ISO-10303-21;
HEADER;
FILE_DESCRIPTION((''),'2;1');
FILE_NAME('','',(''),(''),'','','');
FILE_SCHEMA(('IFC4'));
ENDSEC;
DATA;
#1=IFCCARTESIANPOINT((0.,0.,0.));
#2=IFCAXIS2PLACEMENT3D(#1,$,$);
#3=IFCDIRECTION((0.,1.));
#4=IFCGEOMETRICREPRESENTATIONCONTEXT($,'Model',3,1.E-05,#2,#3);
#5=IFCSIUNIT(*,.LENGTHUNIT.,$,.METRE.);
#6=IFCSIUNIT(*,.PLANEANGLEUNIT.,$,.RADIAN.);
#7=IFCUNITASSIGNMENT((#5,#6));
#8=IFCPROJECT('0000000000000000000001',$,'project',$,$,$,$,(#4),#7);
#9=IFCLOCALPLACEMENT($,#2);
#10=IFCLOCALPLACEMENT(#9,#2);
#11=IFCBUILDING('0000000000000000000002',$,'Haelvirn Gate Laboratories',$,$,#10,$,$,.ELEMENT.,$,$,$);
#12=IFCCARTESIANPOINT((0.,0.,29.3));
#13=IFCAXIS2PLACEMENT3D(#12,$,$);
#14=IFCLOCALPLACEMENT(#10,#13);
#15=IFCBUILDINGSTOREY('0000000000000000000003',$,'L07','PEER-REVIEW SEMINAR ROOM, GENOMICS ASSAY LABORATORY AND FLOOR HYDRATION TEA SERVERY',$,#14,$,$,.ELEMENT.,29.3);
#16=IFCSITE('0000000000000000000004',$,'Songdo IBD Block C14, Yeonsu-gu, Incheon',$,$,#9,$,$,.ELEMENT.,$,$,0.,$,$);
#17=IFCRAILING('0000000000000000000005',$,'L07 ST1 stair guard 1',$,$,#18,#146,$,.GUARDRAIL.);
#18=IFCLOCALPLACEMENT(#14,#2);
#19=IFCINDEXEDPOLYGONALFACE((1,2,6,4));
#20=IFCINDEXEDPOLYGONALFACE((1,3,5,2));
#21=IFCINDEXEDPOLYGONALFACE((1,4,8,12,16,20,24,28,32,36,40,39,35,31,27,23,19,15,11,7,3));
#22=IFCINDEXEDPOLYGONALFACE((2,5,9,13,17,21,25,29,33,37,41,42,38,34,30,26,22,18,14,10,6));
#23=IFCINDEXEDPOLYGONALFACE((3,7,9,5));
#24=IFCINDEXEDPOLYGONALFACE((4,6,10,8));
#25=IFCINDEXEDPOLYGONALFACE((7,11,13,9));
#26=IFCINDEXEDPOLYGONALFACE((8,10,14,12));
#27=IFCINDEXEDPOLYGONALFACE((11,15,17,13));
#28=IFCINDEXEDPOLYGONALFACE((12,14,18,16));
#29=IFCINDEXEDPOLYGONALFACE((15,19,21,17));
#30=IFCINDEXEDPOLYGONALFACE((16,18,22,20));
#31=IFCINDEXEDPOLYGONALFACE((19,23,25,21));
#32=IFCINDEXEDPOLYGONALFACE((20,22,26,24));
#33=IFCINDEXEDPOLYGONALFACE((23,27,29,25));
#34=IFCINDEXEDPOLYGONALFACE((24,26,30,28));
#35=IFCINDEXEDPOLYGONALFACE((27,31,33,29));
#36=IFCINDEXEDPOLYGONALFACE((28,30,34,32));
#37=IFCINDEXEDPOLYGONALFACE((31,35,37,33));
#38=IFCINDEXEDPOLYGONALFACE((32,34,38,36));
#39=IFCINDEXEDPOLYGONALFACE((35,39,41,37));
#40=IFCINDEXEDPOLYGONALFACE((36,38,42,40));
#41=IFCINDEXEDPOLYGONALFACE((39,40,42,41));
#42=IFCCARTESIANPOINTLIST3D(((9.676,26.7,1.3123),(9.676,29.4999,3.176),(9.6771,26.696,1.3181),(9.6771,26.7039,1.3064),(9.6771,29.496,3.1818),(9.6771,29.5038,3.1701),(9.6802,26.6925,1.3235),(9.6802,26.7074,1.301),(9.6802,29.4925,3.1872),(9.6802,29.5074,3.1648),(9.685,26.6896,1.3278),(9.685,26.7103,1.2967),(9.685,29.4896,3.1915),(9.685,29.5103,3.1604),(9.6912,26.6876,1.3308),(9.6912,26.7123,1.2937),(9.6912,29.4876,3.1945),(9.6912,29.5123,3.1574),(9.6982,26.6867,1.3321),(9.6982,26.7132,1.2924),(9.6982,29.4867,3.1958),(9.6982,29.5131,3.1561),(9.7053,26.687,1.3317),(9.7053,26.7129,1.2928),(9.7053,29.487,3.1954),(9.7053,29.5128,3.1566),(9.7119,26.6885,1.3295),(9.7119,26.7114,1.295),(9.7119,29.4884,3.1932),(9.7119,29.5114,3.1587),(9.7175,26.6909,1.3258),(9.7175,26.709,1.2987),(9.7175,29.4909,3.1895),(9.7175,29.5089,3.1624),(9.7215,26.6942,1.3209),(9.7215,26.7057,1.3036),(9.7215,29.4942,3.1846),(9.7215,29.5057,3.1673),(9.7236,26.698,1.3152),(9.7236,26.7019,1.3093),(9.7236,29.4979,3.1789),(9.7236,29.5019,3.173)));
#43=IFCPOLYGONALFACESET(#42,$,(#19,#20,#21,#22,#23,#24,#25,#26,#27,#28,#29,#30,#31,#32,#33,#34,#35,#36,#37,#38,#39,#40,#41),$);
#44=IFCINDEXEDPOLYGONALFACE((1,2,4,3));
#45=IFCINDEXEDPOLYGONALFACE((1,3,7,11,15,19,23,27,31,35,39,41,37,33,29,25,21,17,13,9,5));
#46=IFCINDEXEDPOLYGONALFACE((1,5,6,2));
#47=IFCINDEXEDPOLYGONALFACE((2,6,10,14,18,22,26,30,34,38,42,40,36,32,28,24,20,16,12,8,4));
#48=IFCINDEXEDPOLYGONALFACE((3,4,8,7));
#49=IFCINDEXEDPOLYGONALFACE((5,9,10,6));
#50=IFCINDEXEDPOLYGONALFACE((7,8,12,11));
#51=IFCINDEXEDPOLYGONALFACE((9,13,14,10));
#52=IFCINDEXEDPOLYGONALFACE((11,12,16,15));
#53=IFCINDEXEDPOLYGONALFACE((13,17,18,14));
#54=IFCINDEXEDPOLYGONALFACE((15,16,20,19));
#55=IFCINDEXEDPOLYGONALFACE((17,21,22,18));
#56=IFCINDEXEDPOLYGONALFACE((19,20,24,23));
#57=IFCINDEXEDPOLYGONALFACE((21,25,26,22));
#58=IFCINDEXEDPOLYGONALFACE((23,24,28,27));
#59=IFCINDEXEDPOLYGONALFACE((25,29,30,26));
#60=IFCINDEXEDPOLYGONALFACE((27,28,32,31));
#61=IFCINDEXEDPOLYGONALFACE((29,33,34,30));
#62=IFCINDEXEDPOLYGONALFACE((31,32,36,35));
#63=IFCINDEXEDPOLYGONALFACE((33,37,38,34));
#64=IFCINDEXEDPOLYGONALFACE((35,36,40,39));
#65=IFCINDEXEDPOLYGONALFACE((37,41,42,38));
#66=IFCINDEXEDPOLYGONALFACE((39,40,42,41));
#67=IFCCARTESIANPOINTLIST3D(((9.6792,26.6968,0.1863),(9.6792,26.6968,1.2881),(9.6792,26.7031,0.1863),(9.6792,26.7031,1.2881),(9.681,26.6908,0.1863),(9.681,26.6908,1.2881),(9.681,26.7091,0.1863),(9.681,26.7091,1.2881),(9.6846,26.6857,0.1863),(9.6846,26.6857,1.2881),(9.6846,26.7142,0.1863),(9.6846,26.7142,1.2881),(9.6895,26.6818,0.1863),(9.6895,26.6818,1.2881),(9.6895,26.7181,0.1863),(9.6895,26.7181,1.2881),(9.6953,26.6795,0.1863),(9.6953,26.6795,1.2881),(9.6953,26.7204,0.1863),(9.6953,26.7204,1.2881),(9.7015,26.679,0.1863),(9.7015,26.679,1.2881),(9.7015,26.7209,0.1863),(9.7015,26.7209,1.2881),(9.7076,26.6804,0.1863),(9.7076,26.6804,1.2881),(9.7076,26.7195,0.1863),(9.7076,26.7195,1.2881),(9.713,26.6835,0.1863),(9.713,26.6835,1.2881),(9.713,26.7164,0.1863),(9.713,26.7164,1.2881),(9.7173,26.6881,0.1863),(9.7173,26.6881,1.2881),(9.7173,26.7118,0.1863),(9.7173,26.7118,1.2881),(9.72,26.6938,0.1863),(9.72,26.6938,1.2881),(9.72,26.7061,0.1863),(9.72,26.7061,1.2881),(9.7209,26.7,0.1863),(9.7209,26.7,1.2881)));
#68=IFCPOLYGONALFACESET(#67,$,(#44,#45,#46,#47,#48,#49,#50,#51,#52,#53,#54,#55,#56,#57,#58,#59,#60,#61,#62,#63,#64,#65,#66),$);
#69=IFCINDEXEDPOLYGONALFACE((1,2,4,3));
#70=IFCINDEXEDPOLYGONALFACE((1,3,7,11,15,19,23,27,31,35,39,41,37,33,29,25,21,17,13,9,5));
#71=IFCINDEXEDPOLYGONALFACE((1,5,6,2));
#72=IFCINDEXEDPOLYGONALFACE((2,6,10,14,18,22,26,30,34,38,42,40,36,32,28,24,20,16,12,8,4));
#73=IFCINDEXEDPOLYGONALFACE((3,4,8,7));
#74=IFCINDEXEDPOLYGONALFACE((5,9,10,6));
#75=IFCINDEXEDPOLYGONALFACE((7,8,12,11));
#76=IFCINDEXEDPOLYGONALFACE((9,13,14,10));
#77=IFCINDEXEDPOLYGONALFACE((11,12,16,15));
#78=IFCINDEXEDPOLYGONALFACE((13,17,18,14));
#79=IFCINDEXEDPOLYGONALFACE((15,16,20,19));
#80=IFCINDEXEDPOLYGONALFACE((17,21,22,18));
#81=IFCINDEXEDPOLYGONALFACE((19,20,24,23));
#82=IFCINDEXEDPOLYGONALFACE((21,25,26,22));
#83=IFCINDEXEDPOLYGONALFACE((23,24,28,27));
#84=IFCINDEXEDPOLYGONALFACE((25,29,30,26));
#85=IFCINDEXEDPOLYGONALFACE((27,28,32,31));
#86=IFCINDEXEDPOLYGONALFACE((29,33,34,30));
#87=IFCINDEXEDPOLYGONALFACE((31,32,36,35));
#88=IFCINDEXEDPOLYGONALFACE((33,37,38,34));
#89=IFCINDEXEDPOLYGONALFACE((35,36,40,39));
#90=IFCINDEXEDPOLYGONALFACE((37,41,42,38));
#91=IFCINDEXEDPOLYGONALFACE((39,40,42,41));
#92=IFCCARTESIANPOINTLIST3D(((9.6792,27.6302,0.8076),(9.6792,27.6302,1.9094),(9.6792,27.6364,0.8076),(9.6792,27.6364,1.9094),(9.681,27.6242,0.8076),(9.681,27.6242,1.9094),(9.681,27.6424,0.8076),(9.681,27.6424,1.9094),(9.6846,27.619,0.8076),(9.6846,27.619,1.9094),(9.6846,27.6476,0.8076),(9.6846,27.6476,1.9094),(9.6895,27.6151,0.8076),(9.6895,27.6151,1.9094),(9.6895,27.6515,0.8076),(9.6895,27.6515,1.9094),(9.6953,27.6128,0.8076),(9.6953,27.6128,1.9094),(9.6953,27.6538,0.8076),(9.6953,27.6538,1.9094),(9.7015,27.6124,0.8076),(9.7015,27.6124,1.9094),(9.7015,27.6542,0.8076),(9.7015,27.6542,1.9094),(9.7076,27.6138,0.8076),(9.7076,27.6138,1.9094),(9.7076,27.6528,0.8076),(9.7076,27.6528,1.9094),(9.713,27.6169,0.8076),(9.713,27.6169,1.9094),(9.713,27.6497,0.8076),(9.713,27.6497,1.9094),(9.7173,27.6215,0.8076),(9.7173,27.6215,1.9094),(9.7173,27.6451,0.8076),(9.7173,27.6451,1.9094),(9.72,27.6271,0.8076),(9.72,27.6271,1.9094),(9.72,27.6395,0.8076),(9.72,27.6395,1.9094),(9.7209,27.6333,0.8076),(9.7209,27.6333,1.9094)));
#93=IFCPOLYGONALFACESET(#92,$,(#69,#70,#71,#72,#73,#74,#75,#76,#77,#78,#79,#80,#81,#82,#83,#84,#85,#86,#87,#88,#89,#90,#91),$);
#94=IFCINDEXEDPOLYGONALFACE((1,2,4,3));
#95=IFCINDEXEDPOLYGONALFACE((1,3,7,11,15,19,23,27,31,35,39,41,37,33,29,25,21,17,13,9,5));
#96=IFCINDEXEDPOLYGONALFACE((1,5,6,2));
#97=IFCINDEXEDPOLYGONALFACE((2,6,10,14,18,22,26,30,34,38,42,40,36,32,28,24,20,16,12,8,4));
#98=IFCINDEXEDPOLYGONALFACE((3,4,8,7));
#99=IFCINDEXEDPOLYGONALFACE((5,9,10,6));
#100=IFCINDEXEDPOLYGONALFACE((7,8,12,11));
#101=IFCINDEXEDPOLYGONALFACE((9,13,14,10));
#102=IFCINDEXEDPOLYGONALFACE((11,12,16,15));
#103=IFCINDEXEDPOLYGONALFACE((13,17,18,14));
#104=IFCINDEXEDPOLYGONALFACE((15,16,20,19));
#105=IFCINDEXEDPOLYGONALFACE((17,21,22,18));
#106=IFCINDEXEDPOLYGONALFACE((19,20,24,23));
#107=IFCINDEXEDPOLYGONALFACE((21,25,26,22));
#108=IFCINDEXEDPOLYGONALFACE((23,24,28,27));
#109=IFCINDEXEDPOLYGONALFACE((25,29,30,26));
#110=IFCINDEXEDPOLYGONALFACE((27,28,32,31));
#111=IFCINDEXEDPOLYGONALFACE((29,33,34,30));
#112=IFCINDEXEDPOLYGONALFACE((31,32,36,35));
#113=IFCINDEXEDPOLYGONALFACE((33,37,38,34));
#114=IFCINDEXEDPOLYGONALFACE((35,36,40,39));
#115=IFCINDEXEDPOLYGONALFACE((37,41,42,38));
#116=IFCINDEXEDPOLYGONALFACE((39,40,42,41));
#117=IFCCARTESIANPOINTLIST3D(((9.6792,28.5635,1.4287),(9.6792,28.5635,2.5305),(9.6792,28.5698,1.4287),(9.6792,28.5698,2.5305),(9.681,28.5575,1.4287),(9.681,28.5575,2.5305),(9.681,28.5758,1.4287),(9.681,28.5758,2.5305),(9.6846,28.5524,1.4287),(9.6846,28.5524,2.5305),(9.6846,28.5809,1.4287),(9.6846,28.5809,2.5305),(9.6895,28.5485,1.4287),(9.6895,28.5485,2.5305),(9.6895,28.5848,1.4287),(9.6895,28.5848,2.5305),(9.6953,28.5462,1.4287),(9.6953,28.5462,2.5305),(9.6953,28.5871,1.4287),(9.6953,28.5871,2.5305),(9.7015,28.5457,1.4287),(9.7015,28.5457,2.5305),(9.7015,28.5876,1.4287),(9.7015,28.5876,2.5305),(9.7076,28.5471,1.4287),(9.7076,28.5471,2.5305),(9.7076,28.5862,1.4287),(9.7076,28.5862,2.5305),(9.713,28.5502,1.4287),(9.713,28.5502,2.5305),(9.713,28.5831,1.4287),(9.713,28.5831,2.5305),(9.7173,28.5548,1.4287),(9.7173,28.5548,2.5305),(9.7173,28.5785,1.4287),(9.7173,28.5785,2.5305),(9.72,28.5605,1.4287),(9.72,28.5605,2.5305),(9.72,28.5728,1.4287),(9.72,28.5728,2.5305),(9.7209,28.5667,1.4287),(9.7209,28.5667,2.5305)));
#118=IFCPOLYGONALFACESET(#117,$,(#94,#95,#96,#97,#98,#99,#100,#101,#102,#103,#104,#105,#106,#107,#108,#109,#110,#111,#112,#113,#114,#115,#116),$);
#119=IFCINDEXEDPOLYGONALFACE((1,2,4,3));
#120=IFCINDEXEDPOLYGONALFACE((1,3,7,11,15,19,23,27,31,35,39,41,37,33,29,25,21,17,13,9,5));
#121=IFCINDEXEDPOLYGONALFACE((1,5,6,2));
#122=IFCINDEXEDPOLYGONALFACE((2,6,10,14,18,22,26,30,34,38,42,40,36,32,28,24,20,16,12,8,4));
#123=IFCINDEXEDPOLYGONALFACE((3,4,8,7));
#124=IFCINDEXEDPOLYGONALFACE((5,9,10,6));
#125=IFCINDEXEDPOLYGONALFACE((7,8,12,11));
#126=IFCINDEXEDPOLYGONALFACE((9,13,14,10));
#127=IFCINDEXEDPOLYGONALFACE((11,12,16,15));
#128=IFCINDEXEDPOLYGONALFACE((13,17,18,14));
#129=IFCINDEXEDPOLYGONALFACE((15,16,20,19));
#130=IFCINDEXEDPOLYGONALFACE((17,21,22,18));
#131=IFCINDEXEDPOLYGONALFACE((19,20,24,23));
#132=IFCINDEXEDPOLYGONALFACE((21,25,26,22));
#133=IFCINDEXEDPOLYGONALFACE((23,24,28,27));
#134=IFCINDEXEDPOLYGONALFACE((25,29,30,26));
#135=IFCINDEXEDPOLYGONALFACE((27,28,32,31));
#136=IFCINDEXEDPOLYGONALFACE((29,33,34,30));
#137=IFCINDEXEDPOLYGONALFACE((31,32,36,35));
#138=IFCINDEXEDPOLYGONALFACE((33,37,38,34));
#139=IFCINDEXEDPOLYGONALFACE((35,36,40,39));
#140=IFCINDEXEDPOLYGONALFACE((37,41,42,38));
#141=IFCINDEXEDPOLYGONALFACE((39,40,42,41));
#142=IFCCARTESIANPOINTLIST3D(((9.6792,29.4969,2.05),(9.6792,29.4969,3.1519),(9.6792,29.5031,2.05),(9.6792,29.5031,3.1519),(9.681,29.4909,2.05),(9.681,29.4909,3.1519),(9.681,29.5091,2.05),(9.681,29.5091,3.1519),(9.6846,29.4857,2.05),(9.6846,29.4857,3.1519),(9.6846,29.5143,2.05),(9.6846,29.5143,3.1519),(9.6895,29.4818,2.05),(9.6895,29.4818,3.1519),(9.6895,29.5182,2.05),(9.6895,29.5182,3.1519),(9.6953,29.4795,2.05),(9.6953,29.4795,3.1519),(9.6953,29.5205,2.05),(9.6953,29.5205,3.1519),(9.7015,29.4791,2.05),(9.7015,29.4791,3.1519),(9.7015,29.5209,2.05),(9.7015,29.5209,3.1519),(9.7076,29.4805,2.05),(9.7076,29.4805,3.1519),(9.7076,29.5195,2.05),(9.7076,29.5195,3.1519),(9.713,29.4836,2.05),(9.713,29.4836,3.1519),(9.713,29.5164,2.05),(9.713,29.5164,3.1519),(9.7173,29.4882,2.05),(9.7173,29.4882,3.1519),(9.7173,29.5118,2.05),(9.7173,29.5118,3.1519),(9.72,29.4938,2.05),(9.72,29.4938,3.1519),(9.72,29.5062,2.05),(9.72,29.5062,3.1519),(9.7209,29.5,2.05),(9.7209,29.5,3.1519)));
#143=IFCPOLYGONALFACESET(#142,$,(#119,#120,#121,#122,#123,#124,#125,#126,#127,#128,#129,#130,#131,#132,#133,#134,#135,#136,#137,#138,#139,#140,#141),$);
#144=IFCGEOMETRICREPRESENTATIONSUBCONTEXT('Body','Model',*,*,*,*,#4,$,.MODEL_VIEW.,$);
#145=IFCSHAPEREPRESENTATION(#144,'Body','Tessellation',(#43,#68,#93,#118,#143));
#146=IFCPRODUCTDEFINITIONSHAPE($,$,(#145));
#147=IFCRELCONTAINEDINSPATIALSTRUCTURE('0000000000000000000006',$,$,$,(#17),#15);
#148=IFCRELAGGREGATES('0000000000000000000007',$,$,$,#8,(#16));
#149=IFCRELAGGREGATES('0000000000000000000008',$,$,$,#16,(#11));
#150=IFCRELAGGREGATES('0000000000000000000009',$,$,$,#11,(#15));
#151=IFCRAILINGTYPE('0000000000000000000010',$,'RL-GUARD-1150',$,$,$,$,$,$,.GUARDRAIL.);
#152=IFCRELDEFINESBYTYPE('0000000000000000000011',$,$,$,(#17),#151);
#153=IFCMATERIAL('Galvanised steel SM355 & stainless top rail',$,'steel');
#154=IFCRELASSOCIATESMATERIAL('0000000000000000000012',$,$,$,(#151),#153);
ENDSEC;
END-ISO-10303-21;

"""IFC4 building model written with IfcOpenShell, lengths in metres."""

from ifc_helpers import new_model, si_unit, direction, frame, origin, origin_2d, place, context, subcontext, project, spatial, circle, extrude, source, transform, mapped, material, type_object, element, save


model = new_model("IFC4")

# Units and contexts
model_context = context("Model", 3, precision=1e-05, world=origin(), true_north=direction((0.0, 1.0)))
body_context = subcontext(model_context, "Body", "Model", "MODEL_VIEW")
ifc_project = project(units=[si_unit("LENGTHUNIT", "METRE"), si_unit("PLANEANGLEUNIT", "RADIAN")], contexts=[model_context])

# Site, building, storey
site_placement = place(None, origin())
site = spatial("IfcSite", under=ifc_project, at=site_placement, Name="Songdo IBD Block C14, Yeonsu-gu, Incheon", CompositionType="ELEMENT", RefElevation=0.0)
building_placement = place(site_placement, origin())
building = spatial("IfcBuilding", under=site, at=building_placement, Name="Haelvirn Gate Laboratories", CompositionType="ELEMENT")
storey_placement = place(building_placement, frame((0.0, 0.0, 29.3)))
storey = spatial("IfcBuildingStorey", under=building, at=storey_placement, Name="L07", Description="PEER-REVIEW SEMINAR ROOM, GENOMICS ASSAY LABORATORY AND FLOOR HYDRATION TEA SERVERY", CompositionType="ELEMENT", Elevation=29.3)

# Railing
ifc_material_1 = material(Name="Galvanised steel SM355 & stainless top rail", Category="steel")
railing_type_1 = type_object("IfcRailingType", Name="RL-GUARD-1150", PredefinedType="GUARDRAIL", material=ifc_material_1)
shared_shape_1 = source(origin(), body_context, "Body", "SweptSolid", [
    extrude(circle(Radius=0.0239, at=origin_2d()), frame((0.0, 0.0, 1.126), z_axis=(0.0, 0.832452, 0.554097), x_axis=(-1.0, 0.0, 0.0)), (0.0, 0.0, 1.0), 3.3635),
    extrude(circle(Radius=0.021, at=origin_2d()), origin(), (0.0, 0.0, 1.0), 1.1018),
    extrude(circle(Radius=0.021, at=origin_2d()), frame((0.0, 0.9333, 0.6213)), (0.0, 0.0, 1.0), 1.1018),
    extrude(circle(Radius=0.021, at=origin_2d()), frame((0.0, 1.8667, 1.2424)), (0.0, 0.0, 1.0), 1.1018),
    extrude(circle(Radius=0.021, at=origin_2d()), frame((0.0, 2.8, 1.8638)), (0.0, 0.0, 1.0), 1.1018),
])
railing_1_placement = place(storey_placement, frame((9.7, 26.7, 0.1863)))
element("IfcRailing", 1, at=railing_1_placement, inside=storey, type_object=railing_type_1, Name="L07 ST1 stair guard 1", PredefinedType="GUARDRAIL", context=body_context, shape_type="MappedRepresentation", body=[
    mapped(shared_shape_1, transform((0.0, 0.0, 0.0), scale=1.0)),
])

save(model, "model.ifc")
